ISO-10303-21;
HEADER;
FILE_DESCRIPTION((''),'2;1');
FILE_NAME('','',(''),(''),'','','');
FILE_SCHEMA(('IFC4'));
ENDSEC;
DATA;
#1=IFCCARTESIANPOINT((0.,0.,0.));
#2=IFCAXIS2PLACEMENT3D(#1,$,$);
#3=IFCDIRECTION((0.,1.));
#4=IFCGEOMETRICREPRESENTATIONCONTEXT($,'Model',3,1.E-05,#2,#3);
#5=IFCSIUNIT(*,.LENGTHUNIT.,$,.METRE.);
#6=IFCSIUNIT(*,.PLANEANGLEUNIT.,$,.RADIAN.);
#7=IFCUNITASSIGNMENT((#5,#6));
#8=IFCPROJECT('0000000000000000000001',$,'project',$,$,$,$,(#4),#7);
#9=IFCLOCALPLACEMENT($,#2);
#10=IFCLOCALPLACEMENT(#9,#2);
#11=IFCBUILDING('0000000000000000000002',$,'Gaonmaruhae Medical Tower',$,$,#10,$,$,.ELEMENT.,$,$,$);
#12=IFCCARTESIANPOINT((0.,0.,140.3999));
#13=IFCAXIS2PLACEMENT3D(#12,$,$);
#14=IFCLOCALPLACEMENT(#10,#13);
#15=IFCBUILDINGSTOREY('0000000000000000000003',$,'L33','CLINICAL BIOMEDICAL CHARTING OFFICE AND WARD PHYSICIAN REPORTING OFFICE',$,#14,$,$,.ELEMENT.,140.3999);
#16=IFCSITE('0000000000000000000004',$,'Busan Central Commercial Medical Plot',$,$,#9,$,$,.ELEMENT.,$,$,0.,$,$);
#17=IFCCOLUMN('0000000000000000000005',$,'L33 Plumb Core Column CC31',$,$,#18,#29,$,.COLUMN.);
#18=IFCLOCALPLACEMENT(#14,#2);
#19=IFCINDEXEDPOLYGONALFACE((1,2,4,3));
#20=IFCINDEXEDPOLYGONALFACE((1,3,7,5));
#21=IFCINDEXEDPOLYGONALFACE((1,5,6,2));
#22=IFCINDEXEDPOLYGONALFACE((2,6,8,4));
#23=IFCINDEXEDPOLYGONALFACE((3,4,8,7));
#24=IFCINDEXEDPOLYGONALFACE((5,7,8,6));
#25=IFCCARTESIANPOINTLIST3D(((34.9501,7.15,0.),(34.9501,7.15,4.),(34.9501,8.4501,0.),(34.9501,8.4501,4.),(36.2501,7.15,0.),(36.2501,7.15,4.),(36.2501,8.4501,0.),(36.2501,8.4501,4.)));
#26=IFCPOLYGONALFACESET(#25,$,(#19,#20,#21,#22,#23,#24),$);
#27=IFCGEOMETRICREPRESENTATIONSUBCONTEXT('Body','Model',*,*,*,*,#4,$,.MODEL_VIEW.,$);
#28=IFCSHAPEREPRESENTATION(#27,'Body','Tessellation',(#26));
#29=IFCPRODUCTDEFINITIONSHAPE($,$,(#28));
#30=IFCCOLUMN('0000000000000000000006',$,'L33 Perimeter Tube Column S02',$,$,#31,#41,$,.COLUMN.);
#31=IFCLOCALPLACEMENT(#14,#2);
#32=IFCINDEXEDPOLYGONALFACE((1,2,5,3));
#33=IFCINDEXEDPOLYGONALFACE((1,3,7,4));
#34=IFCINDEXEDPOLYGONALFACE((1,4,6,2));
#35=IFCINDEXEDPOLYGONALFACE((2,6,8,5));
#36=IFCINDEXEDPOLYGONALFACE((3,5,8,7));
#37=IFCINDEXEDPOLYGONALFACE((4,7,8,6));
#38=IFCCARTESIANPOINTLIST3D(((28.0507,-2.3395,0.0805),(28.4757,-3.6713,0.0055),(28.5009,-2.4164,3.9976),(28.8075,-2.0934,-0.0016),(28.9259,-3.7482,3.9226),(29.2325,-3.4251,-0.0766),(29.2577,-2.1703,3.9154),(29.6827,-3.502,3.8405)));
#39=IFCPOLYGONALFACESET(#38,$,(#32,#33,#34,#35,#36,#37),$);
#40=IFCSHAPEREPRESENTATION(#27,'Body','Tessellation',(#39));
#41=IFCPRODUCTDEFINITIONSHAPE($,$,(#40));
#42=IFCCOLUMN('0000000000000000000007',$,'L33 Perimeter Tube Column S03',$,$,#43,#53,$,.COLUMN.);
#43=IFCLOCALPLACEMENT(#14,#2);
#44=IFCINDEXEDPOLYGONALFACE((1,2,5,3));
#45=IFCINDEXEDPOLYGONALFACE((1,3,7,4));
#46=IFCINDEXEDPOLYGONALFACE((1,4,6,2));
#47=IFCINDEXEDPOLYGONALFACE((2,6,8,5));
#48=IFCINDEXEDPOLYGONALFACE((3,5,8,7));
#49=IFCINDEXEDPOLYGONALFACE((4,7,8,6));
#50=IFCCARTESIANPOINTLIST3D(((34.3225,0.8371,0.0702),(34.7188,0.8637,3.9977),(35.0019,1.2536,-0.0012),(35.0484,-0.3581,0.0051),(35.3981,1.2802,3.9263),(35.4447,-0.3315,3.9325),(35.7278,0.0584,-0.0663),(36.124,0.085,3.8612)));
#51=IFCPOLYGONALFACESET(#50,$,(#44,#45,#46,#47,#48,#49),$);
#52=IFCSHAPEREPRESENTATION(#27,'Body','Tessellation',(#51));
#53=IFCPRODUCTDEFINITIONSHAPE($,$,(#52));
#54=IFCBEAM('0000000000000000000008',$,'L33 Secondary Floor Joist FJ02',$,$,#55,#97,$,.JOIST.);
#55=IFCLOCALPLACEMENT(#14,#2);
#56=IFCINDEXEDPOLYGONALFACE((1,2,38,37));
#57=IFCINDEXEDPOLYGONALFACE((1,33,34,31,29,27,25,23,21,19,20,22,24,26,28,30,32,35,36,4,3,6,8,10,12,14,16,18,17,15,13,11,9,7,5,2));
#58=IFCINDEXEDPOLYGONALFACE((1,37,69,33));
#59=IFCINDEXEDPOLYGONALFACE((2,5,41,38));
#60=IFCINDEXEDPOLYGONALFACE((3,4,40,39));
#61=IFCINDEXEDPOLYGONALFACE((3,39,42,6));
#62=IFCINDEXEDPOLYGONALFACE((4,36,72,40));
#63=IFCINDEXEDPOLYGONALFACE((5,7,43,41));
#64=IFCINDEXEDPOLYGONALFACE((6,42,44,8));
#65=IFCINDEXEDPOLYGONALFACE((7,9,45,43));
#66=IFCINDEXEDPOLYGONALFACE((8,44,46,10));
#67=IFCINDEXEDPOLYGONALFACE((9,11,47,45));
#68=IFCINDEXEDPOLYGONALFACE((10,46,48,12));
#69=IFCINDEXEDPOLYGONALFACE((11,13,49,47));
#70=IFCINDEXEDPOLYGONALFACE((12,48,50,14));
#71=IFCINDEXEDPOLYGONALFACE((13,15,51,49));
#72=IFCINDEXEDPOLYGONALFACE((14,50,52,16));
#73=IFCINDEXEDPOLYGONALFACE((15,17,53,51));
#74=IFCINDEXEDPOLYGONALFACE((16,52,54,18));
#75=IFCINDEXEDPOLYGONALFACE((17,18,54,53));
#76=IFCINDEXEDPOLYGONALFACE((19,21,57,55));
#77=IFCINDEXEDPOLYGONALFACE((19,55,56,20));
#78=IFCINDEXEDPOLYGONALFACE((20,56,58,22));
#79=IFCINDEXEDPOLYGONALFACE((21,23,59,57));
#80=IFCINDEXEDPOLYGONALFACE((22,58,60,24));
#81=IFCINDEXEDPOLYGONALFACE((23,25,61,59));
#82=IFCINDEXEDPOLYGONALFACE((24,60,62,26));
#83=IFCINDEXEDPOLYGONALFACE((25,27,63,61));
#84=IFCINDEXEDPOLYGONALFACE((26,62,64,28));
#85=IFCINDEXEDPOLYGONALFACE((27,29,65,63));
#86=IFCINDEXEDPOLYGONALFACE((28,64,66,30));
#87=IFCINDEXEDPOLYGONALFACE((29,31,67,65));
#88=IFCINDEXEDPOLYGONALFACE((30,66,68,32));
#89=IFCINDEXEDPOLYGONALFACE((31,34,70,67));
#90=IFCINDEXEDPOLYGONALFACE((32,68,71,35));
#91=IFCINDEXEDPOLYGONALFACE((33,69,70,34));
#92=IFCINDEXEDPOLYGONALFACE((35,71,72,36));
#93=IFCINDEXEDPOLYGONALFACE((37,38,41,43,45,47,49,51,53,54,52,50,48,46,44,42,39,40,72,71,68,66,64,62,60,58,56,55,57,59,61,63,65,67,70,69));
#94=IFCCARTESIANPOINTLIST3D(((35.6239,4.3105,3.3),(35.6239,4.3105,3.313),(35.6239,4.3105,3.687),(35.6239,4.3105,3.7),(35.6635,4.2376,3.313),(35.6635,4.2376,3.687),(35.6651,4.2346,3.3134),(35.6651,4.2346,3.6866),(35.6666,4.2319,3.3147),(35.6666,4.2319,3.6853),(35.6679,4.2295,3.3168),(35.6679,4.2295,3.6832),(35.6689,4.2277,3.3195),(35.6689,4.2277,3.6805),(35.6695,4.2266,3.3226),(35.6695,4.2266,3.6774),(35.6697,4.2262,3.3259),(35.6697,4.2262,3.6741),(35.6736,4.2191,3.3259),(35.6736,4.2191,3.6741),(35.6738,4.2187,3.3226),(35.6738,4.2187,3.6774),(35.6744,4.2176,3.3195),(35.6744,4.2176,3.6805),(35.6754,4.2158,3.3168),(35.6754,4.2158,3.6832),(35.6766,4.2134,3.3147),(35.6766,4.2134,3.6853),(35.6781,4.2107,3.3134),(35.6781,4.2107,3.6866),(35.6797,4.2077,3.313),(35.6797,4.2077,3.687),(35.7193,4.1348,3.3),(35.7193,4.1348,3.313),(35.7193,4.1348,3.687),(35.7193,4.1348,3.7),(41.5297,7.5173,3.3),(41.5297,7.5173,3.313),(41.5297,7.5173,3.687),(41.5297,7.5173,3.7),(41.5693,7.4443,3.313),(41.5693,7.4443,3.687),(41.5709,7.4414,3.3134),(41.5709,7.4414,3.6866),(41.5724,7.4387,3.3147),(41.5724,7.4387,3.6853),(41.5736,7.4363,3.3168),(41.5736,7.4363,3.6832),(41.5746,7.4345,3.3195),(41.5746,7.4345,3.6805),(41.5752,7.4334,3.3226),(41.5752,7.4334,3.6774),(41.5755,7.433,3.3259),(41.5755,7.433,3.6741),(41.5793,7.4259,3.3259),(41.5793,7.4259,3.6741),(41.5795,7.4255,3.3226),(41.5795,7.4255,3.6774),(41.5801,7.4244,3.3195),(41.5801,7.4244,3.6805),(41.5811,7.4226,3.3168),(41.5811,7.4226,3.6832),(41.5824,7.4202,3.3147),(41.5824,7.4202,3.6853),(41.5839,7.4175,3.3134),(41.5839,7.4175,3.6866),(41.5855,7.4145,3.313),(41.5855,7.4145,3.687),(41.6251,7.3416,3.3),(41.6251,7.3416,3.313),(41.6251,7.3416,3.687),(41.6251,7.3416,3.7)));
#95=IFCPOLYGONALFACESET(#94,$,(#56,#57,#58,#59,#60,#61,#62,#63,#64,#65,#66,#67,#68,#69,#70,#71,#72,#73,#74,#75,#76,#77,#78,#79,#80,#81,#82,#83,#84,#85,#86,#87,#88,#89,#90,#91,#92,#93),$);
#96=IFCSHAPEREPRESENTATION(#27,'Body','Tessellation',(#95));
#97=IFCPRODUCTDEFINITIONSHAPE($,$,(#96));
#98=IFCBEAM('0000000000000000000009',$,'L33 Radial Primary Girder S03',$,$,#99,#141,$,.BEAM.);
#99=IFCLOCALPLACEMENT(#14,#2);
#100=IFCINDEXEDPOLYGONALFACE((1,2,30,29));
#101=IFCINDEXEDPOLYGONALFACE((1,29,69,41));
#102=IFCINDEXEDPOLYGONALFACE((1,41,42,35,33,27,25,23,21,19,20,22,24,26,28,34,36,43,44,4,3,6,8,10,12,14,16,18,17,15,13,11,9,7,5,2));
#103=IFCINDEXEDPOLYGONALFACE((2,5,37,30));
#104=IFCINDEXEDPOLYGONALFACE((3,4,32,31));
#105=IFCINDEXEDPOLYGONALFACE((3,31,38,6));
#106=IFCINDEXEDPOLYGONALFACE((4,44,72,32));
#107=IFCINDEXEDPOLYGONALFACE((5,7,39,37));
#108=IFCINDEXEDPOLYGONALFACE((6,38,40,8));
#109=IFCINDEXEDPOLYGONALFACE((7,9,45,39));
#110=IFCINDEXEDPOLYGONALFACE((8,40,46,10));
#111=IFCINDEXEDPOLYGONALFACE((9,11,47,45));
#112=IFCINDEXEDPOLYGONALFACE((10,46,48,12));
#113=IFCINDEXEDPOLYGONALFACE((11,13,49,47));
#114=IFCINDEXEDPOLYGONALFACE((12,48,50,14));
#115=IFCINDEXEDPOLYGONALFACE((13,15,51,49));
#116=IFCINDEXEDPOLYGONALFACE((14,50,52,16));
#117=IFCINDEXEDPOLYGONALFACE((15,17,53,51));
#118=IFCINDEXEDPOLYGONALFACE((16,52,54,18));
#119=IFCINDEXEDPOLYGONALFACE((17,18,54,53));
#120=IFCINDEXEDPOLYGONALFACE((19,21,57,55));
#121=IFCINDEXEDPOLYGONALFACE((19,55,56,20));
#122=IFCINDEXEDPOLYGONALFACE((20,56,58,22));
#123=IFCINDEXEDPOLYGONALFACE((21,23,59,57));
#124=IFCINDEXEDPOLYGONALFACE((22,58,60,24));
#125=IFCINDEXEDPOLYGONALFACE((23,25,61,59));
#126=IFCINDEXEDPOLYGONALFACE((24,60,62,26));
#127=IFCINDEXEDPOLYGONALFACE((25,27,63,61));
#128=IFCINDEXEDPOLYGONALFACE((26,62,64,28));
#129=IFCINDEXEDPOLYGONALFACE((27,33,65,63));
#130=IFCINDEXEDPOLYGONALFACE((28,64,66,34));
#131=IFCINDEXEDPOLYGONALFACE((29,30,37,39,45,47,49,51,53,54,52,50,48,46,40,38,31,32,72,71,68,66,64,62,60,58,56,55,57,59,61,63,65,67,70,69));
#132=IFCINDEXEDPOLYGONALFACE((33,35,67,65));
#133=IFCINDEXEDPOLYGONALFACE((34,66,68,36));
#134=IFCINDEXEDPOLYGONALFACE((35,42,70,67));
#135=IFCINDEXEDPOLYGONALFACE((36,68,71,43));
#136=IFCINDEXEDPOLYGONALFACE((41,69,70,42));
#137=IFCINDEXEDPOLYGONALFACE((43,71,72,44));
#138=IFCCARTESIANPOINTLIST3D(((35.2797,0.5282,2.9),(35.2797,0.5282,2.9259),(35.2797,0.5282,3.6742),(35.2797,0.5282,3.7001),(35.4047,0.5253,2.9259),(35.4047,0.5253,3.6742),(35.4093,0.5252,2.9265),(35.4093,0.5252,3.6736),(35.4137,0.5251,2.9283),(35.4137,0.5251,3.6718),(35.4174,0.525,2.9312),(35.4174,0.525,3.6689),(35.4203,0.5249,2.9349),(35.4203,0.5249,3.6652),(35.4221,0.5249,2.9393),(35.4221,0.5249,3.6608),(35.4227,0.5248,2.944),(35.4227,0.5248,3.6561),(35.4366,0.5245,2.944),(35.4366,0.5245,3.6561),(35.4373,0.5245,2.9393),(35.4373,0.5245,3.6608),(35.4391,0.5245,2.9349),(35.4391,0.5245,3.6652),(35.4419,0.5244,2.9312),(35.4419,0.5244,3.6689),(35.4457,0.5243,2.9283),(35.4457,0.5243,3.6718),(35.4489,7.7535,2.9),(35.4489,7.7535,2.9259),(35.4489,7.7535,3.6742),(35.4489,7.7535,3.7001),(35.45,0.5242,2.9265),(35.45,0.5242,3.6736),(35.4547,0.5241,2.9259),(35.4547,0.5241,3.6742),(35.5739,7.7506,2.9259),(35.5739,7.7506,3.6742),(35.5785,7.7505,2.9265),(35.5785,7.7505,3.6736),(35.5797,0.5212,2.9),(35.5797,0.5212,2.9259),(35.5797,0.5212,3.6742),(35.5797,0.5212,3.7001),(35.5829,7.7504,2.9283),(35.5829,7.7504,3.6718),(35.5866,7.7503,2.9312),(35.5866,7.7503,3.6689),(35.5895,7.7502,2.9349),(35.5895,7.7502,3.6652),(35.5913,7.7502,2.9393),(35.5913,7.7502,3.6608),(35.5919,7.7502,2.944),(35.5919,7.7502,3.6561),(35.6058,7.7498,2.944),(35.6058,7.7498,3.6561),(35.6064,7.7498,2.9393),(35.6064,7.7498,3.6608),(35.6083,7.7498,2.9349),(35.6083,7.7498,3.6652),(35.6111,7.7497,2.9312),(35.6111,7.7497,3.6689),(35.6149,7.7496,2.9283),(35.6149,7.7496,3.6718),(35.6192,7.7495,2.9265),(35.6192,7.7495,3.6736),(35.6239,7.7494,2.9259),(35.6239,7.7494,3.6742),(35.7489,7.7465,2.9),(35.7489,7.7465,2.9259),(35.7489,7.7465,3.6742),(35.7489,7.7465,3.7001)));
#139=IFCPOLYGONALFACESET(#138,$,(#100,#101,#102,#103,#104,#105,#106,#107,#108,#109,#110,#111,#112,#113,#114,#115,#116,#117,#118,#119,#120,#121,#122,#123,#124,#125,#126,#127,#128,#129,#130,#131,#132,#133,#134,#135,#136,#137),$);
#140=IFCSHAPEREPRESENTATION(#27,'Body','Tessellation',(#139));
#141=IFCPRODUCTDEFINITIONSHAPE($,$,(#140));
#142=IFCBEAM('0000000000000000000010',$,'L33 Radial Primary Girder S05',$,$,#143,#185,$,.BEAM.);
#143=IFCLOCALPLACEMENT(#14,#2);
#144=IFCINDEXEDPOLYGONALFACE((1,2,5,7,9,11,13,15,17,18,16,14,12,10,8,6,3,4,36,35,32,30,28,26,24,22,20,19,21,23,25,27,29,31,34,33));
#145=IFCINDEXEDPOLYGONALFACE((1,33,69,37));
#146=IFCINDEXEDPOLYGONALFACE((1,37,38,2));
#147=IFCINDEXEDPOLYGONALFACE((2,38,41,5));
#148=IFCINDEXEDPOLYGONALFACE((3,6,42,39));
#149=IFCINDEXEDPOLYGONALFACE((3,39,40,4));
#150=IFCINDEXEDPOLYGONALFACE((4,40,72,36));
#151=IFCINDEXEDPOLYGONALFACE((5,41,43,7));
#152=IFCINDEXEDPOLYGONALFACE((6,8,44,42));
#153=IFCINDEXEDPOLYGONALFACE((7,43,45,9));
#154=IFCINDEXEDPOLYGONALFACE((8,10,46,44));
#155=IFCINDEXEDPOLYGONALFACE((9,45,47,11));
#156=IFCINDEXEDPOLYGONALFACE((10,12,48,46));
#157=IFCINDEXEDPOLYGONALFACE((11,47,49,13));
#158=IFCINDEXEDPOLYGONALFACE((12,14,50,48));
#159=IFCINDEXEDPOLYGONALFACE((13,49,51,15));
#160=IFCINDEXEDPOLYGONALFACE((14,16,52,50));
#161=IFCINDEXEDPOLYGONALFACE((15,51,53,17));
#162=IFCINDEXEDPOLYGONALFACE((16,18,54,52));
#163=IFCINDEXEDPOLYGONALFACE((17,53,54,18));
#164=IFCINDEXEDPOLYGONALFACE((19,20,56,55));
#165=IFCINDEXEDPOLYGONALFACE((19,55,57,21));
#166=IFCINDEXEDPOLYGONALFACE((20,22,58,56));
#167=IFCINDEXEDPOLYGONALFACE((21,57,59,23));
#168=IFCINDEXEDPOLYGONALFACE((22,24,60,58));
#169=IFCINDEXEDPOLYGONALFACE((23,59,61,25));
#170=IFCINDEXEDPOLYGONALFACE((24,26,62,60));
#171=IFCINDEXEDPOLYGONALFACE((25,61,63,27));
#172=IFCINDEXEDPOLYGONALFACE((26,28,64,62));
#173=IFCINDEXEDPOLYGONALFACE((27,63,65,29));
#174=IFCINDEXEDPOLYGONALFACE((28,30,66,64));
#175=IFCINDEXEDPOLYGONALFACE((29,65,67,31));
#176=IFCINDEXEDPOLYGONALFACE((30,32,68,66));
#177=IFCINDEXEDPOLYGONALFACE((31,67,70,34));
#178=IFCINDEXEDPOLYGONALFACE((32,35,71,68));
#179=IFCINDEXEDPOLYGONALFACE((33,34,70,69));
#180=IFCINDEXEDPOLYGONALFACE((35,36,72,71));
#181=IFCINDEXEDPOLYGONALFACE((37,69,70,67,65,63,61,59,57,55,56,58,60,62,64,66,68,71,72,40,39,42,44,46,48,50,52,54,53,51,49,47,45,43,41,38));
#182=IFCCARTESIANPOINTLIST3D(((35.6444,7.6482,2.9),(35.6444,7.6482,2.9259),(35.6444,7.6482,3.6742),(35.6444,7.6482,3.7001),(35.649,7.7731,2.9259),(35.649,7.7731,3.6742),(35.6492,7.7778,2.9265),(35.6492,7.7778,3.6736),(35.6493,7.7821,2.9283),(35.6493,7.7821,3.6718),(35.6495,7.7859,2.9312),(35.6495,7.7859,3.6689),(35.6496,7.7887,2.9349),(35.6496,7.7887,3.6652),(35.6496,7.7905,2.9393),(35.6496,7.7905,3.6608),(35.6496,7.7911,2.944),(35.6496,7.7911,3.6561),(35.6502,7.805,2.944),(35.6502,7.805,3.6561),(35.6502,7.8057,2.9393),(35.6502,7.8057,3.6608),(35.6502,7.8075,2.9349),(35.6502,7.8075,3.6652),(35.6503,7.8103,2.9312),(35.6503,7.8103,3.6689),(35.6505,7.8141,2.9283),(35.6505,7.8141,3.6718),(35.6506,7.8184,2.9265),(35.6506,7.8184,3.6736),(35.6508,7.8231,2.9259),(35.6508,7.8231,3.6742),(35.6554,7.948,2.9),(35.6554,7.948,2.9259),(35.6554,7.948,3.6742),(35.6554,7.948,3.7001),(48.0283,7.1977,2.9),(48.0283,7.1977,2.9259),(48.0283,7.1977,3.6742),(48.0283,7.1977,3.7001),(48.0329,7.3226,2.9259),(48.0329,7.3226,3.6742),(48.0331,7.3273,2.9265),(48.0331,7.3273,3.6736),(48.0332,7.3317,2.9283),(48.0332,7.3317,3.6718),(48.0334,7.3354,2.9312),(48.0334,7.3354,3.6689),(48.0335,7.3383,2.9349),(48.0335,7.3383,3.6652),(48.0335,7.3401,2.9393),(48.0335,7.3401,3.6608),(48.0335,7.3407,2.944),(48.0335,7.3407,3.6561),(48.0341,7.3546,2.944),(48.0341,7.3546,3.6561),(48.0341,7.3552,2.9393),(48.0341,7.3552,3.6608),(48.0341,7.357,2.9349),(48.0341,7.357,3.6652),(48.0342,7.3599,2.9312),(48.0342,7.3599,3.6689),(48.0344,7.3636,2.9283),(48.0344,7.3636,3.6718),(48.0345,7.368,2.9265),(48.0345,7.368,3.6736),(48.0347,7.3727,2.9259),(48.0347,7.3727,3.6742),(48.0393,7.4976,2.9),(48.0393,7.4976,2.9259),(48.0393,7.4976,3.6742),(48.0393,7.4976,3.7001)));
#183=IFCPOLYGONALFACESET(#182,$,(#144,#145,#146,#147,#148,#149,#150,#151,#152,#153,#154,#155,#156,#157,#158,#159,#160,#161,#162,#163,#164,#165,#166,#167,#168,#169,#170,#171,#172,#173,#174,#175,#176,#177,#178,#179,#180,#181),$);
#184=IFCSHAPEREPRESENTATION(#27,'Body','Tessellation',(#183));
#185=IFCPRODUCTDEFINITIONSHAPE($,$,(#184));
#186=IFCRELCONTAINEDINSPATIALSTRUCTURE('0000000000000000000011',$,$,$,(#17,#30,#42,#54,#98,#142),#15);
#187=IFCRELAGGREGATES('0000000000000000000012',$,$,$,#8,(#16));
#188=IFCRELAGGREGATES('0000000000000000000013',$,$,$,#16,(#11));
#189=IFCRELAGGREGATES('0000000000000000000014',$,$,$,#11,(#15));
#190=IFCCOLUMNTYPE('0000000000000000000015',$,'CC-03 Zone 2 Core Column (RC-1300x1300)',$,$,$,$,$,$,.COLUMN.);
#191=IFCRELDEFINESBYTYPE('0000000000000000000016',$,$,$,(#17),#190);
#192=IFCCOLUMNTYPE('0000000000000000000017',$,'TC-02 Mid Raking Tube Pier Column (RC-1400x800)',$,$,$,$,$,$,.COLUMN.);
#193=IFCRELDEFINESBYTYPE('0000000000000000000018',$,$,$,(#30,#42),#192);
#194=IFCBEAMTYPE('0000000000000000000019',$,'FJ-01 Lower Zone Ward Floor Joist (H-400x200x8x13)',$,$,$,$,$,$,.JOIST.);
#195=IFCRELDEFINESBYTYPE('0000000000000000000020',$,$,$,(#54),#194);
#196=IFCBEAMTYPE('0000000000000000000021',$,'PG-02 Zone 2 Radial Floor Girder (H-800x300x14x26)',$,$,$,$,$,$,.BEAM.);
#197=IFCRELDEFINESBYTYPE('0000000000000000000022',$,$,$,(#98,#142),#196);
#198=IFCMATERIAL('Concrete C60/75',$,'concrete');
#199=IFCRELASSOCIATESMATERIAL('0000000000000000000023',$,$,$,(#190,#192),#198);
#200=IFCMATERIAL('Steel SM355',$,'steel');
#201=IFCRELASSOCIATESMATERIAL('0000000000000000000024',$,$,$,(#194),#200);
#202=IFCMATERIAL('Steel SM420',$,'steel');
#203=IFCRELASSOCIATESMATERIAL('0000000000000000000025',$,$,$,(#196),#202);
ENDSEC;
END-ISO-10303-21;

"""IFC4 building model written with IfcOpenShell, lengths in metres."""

from ifc_helpers import new_model, si_unit, direction, frame, origin, origin_2d, place, context, subcontext, project, spatial, rectangle, i_section, extrude, material, material_profile, profile_set, type_object, element, save


model = new_model("IFC4")

# Units and contexts
model_context = context("Model", 3, precision=1e-05, world=origin(), true_north=direction((0.0, 1.0)))
body_context = subcontext(model_context, "Body", "Model", "MODEL_VIEW")
ifc_project = project(units=[si_unit("LENGTHUNIT", "METRE"), si_unit("PLANEANGLEUNIT", "RADIAN")], contexts=[model_context])

# Site, building, storey
site_placement = place(None, origin())
site = spatial("IfcSite", under=ifc_project, at=site_placement, Name="Busan Central Commercial Medical Plot", CompositionType="ELEMENT", RefElevation=0.0)
building_placement = place(site_placement, origin())
building = spatial("IfcBuilding", under=site, at=building_placement, Name="Gaonmaruhae Medical Tower", CompositionType="ELEMENT")
storey_placement = place(building_placement, frame((0.0, 0.0, 140.3999)))
storey = spatial("IfcBuildingStorey", under=building, at=storey_placement, Name="L33", Description="CLINICAL BIOMEDICAL CHARTING OFFICE AND WARD PHYSICIAN REPORTING OFFICE", CompositionType="ELEMENT", Elevation=140.3999)

# Columns
ifc_material_1 = material(Name="Concrete C60/75", Category="concrete")
ifc_material_profile_1 = material_profile(ifc_material_1, rectangle(XDim=1.3, YDim=1.3, at=origin_2d()), Name="RC-1300x1300")
ifc_profile_set_1 = profile_set([ifc_material_profile_1], Name="Concrete C60/75")
column_type_1 = type_object("IfcColumnType", Name="CC-03 Zone 2 Core Column (RC-1300x1300)", PredefinedType="COLUMN", material=ifc_profile_set_1)
column_1_placement = place(storey_placement, frame((35.6001, 7.8, 0.0), z_axis=(0.0, 0.0, 1.0), x_axis=(1.0, 0.0, 0.0)))
element("IfcColumn", 1, at=column_1_placement, inside=storey, type_object=column_type_1, Name="L33 Plumb Core Column CC31", PredefinedType="COLUMN", context=body_context, shape_type="SweptSolid", body=[
    extrude(rectangle(XDim=1.3, YDim=1.3, at=origin_2d()), origin(), (0.0, 0.0, 1.0), 4.0),
])
ifc_material_profile_2 = material_profile(ifc_material_1, rectangle(XDim=1.3999, YDim=0.8, at=origin_2d()), Name="RC-1400x800")
ifc_profile_set_2 = profile_set([ifc_material_profile_2], Name="Concrete C60/75")
column_type_2 = type_object("IfcColumnType", Name="TC-02 Mid Raking Tube Pier Column (RC-1400x800)", PredefinedType="COLUMN", material=ifc_profile_set_2)
column_2_placement = place(storey_placement, frame((28.6416, -2.8823, 0.002), z_axis=(0.114161, -0.019501, 0.993271), x_axis=(-0.303559, 0.951306, 0.053567)))
element("IfcColumn", 2, at=column_2_placement, inside=storey, type_object=column_type_2, Name="L33 Perimeter Tube Column S02", PredefinedType="COLUMN", context=body_context, shape_type="SweptSolid", body=[
    extrude(rectangle(XDim=1.3999, YDim=0.8, at=origin_2d()), origin(), (0.0, 0.0, 1.0), 3.9436),
])
column_3_placement = place(storey_placement, frame((35.0251, 0.4478, 0.002), z_axis=(0.100377, 0.006741, 0.994927), x_axis=(-0.518552, 0.853779, 0.046531)))
element("IfcColumn", 3, at=column_3_placement, inside=storey, type_object=column_type_2, Name="L33 Perimeter Tube Column S03", PredefinedType="COLUMN", context=body_context, shape_type="SweptSolid", body=[
    extrude(rectangle(XDim=1.3999, YDim=0.8, at=origin_2d()), origin(), (0.0, 0.0, 1.0), 3.9475),
])

# Beams
ifc_material_2 = material(Name="Steel SM355", Category="steel")
ifc_material_profile_3 = material_profile(ifc_material_2, i_section(OverallWidth=0.2, OverallDepth=0.3999, WebThickness=0.0081, FlangeThickness=0.0129, FilletRadius=0.0129, at=origin_2d()), Name="H-400x200x8x13")
ifc_profile_set_3 = profile_set([ifc_material_profile_3], Name="Steel SM355")
beam_type_1 = type_object("IfcBeamType", Name="FJ-01 Lower Zone Ward Floor Joist (H-400x200x8x13)", PredefinedType="JOIST", material=ifc_profile_set_3)
beam_1_placement = place(storey_placement, frame((35.6716, 4.2227, 3.5), z_axis=(0.878803, 0.477184, 0.0), x_axis=(-0.477184, 0.878803, 0.0)))
element("IfcBeam", 4, at=beam_1_placement, inside=storey, type_object=beam_type_1, Name="L33 Secondary Floor Joist FJ02", PredefinedType="JOIST", context=body_context, shape_type="SweptSolid", body=[
    extrude(i_section(OverallWidth=0.2, OverallDepth=0.3999, WebThickness=0.0081, FlangeThickness=0.0129, FilletRadius=0.0129, at=origin_2d()), origin(), (0.0, 0.0, 1.0), 6.7202),
])
ifc_material_3 = material(Name="Steel SM420", Category="steel")
ifc_material_profile_4 = material_profile(ifc_material_3, i_section(OverallWidth=0.3, OverallDepth=0.8, WebThickness=0.0139, FlangeThickness=0.0259, FilletRadius=0.0181, at=origin_2d()), Name="H-800x300x14x26")
ifc_profile_set_4 = profile_set([ifc_material_profile_4], Name="Steel SM420")
beam_type_2 = type_object("IfcBeamType", Name="PG-02 Zone 2 Radial Floor Girder (H-800x300x14x26)", PredefinedType="BEAM", material=ifc_profile_set_4)
beam_2_placement = place(storey_placement, frame((35.5989, 7.75, 3.3), z_axis=(-0.02341, -0.999726, 0.0), x_axis=(0.999726, -0.02341, 0.0)))
element("IfcBeam", 5, at=beam_2_placement, inside=storey, type_object=beam_type_2, Name="L33 Radial Primary Girder S03", PredefinedType="BEAM", context=body_context, shape_type="SweptSolid", body=[
    extrude(i_section(OverallWidth=0.3, OverallDepth=0.8, WebThickness=0.0139, FlangeThickness=0.0259, FilletRadius=0.0181, at=origin_2d()), origin(), (0.0, 0.0, 1.0), 7.2273),
])
beam_3_placement = place(storey_placement, frame((35.6499, 7.7981, 3.3), z_axis=(0.999339, -0.036349, 0.0), x_axis=(0.036349, 0.999339, 0.0)))
element("IfcBeam", 6, at=beam_3_placement, inside=storey, type_object=beam_type_2, Name="L33 Radial Primary Girder S05", PredefinedType="BEAM", context=body_context, shape_type="SweptSolid", body=[
    extrude(i_section(OverallWidth=0.3, OverallDepth=0.8, WebThickness=0.0139, FlangeThickness=0.0259, FilletRadius=0.0181, at=origin_2d()), origin(), (0.0, 0.0, 1.0), 12.3921),
])

save(model, "model.ifc")
